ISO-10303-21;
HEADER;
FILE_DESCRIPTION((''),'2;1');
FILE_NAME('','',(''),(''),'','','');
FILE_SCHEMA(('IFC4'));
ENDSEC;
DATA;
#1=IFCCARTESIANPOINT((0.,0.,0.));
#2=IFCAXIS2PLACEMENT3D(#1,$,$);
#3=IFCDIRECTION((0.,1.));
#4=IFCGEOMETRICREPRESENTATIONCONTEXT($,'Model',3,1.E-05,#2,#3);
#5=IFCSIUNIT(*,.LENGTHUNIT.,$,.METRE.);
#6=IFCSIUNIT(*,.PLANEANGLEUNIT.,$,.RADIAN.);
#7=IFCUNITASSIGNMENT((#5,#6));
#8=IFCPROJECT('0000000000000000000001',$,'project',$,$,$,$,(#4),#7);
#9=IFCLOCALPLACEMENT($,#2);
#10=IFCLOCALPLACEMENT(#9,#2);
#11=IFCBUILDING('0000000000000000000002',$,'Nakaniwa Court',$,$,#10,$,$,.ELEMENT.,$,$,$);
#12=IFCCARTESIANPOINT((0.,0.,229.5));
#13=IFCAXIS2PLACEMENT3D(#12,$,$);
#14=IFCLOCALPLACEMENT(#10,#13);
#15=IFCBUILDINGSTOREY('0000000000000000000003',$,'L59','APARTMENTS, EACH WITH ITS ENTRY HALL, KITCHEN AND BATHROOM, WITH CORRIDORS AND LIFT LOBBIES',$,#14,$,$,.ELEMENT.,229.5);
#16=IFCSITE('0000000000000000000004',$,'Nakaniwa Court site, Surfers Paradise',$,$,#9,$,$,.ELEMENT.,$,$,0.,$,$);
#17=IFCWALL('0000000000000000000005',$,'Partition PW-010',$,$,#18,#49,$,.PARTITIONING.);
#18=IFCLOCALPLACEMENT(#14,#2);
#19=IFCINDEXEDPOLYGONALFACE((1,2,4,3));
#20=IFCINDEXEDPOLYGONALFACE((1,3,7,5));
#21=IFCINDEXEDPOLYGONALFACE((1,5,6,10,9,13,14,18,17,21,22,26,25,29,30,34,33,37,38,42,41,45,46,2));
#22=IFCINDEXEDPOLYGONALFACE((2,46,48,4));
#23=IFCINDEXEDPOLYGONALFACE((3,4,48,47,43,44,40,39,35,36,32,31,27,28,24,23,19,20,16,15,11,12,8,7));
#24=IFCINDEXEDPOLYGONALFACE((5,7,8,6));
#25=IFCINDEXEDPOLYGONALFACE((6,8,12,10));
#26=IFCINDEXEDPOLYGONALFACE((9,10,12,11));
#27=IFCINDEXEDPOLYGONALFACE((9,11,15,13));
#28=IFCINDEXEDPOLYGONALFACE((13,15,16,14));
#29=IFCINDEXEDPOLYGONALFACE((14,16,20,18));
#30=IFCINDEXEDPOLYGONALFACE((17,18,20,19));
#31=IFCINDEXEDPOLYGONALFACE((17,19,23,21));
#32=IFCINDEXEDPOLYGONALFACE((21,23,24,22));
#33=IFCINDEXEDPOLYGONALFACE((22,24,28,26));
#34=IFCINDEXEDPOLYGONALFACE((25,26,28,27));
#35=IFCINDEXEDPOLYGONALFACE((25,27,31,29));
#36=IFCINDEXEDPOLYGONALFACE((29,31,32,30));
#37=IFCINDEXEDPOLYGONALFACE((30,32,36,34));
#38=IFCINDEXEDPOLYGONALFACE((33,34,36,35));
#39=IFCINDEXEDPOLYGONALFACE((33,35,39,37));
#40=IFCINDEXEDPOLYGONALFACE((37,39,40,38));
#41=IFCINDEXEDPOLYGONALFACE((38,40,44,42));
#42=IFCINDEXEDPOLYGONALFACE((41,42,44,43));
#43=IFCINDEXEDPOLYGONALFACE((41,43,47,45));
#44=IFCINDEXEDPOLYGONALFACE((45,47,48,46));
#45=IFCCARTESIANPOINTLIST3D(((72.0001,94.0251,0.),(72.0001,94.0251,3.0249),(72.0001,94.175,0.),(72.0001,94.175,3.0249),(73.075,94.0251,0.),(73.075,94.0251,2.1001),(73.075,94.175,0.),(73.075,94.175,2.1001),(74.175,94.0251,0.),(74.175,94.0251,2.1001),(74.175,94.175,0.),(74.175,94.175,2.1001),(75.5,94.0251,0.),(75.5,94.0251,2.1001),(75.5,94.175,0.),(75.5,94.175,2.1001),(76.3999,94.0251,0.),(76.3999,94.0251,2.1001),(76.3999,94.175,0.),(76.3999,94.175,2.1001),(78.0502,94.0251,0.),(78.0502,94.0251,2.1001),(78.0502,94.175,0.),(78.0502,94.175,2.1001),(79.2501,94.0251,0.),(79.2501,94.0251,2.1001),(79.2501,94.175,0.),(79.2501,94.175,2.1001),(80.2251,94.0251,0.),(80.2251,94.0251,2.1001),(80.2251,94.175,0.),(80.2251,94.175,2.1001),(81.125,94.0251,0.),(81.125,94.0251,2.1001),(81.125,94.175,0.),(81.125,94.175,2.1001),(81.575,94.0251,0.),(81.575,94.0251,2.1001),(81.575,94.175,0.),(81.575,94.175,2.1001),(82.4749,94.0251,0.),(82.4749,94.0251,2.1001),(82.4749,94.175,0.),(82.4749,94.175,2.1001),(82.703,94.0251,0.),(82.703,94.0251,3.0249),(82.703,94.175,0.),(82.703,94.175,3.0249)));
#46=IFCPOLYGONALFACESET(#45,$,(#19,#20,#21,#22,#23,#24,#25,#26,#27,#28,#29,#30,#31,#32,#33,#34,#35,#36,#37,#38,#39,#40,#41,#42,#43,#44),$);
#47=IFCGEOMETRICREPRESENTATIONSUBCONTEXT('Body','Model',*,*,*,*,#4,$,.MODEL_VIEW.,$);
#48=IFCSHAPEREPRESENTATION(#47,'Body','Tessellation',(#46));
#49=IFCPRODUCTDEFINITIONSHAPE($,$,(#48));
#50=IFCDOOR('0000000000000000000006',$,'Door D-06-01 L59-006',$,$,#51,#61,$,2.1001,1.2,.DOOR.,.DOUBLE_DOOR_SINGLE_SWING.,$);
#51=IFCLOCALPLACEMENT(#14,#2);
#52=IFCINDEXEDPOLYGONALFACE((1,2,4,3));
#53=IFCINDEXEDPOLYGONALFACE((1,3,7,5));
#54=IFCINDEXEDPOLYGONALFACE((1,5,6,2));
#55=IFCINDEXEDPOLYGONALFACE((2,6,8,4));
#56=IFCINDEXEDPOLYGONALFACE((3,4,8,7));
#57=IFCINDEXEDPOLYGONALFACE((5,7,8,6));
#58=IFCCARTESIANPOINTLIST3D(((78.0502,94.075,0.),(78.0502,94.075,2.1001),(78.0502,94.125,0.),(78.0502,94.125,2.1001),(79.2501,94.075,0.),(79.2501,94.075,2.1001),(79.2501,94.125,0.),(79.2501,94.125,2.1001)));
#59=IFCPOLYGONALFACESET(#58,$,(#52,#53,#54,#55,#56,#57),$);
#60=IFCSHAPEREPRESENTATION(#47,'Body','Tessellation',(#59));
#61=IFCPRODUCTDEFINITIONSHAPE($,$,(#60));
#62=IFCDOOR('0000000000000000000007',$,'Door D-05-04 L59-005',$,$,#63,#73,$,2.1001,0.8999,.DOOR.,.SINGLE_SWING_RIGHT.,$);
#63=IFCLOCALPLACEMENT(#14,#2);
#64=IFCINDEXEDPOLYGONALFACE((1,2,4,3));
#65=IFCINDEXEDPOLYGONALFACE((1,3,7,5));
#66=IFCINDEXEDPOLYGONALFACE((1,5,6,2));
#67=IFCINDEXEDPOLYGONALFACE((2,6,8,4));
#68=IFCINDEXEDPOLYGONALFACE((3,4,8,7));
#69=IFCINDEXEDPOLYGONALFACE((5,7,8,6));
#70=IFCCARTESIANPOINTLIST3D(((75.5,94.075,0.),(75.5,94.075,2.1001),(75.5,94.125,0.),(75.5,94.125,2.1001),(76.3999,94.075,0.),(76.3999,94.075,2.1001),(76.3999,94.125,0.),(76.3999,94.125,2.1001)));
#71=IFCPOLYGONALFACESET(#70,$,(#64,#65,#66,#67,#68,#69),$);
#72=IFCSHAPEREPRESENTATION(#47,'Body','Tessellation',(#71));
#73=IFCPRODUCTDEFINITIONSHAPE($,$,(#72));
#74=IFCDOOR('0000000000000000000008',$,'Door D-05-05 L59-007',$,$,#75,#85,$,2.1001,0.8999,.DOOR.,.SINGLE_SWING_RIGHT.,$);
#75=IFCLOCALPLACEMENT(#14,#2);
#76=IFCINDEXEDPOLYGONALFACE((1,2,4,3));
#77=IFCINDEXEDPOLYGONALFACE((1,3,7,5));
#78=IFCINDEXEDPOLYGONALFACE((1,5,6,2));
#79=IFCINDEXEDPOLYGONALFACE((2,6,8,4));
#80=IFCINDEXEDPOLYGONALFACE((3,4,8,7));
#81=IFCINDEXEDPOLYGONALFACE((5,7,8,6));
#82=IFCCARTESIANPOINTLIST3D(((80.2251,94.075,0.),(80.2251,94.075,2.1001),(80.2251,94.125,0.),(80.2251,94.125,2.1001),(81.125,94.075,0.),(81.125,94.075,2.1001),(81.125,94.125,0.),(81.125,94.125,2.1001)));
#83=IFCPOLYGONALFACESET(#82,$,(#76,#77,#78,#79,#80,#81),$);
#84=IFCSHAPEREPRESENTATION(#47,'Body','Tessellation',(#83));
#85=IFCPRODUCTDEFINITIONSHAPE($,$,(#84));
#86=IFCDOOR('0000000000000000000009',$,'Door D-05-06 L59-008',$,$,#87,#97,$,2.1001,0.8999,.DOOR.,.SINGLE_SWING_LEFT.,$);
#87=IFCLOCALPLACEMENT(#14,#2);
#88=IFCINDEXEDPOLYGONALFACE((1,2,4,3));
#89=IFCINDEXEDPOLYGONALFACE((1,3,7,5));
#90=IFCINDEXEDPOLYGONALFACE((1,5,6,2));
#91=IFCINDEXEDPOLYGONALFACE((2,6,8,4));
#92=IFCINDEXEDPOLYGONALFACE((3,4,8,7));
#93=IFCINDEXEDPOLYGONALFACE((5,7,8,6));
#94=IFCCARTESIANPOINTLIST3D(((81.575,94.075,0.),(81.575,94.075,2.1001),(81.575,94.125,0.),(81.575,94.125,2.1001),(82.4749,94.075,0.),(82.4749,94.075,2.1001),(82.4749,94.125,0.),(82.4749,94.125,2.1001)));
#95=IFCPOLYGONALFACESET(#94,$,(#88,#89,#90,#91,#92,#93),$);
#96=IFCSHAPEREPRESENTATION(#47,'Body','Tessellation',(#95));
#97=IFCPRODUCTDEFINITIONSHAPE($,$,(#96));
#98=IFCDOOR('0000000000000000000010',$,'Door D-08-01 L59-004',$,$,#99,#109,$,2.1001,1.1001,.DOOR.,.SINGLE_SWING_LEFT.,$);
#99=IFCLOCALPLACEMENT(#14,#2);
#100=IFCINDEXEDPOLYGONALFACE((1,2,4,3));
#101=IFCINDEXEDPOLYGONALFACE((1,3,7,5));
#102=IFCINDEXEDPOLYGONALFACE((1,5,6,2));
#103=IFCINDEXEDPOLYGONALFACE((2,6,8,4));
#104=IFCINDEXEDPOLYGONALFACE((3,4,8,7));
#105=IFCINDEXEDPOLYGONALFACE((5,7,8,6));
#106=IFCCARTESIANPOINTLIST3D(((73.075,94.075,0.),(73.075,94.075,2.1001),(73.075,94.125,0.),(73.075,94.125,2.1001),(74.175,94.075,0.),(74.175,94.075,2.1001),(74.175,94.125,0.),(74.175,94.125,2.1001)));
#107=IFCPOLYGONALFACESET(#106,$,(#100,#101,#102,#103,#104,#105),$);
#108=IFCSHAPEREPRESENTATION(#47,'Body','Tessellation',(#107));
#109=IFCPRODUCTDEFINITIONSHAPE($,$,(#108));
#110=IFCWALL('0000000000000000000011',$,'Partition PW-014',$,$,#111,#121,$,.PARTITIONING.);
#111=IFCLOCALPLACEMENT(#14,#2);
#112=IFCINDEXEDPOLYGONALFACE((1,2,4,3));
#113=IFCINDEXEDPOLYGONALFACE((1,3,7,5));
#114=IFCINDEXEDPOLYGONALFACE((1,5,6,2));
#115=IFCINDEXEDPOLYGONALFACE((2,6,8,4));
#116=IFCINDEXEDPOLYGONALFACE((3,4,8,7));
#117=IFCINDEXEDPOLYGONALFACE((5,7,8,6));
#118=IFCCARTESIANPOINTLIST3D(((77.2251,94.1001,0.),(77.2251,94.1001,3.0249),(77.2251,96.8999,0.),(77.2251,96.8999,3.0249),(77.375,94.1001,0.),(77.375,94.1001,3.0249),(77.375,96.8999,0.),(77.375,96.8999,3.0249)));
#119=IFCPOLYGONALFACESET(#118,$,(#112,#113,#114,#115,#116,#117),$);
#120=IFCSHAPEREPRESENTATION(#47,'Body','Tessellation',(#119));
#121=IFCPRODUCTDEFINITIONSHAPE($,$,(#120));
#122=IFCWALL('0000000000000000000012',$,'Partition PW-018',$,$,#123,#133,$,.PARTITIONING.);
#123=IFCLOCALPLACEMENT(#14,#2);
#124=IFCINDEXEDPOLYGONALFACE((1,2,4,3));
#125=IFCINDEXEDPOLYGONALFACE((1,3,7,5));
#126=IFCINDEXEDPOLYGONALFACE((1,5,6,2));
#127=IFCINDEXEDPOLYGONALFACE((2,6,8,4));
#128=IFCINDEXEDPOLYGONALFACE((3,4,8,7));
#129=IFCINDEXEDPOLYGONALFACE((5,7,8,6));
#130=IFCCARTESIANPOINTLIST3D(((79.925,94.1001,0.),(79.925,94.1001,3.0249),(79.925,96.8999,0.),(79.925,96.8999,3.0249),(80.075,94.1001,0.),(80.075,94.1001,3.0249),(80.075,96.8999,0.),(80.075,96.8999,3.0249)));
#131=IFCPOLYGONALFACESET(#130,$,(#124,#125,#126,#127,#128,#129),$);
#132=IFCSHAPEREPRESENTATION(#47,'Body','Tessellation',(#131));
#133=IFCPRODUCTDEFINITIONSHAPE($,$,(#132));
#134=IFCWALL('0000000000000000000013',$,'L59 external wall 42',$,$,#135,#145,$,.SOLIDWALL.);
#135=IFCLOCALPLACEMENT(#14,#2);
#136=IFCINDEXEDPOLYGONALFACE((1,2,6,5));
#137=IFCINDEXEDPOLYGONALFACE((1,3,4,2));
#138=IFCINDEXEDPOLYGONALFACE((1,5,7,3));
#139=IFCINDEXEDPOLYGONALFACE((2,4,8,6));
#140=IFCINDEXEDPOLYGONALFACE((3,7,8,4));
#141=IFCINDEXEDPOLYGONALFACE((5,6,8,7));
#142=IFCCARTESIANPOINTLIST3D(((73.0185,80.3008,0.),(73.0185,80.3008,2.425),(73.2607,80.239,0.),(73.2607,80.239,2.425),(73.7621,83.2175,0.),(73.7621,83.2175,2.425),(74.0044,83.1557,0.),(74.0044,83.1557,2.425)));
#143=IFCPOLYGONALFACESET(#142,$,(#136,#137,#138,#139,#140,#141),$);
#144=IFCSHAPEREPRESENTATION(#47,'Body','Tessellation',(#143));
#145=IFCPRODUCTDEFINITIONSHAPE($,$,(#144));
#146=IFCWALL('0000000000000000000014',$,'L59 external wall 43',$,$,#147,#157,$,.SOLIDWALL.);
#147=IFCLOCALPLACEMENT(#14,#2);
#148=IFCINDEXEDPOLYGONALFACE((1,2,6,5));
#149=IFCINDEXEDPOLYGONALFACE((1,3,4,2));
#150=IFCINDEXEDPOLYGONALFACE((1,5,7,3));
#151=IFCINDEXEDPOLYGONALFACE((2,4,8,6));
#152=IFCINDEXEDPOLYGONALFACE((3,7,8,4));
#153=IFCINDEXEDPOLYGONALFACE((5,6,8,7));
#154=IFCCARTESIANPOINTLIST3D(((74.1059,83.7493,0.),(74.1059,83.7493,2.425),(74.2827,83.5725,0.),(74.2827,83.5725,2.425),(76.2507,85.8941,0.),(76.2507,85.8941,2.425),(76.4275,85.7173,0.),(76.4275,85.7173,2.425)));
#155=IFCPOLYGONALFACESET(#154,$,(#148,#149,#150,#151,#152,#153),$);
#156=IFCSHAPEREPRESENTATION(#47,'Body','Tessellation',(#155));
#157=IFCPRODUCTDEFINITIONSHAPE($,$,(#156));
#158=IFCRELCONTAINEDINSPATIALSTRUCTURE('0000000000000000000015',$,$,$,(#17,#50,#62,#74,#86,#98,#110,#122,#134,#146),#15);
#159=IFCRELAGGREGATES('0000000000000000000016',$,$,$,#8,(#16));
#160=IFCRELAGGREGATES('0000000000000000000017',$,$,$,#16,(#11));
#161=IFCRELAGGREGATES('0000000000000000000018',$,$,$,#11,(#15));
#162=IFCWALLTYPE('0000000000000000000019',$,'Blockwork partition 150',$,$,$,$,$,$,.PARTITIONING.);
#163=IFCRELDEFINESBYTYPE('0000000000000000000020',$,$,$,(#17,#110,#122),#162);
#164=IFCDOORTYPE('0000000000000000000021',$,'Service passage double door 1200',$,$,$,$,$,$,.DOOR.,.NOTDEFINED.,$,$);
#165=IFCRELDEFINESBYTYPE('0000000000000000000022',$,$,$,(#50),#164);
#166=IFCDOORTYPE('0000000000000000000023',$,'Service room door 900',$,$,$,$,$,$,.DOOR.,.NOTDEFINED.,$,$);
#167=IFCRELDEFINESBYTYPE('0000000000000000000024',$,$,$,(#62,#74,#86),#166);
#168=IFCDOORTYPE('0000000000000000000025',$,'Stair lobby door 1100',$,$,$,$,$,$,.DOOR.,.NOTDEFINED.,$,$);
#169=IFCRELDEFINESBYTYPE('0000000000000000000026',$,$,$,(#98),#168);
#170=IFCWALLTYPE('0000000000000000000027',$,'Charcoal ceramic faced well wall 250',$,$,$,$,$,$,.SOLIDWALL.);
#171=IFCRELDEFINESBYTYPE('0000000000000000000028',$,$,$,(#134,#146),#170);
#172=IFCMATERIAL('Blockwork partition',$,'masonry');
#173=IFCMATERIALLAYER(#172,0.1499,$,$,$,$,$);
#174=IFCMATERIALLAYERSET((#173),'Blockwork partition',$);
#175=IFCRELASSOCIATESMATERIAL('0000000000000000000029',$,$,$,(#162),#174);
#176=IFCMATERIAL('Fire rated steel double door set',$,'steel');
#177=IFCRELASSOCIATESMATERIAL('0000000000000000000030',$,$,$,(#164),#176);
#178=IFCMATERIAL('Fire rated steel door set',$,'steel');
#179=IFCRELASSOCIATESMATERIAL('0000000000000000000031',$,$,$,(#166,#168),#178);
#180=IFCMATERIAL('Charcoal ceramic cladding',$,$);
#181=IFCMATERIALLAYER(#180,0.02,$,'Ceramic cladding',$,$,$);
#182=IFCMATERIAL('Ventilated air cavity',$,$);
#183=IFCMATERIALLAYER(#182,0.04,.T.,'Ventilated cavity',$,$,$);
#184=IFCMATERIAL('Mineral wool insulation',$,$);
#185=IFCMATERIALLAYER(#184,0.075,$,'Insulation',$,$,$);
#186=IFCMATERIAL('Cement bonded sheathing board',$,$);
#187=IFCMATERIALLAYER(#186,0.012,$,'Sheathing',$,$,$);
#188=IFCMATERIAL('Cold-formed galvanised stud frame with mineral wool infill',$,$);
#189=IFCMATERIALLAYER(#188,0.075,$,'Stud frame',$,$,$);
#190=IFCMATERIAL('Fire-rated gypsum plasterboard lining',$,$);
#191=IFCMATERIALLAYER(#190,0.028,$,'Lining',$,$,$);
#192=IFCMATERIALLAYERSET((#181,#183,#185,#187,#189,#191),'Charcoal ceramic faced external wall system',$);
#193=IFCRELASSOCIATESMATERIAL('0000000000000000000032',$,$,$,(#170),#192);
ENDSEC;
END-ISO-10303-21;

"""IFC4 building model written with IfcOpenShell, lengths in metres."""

from ifc_helpers import new_model, si_unit, direction, frame, frame_2d, origin, place, context, subcontext, project, spatial, rectangle, extrude, material, layer, layer_set, type_object, element, fill, save


model = new_model("IFC4")

# Units and contexts
model_context = context("Model", 3, precision=1e-05, world=origin(), true_north=direction((0.0, 1.0)))
body_context = subcontext(model_context, "Body", "Model", "MODEL_VIEW")
ifc_project = project(units=[si_unit("LENGTHUNIT", "METRE"), si_unit("PLANEANGLEUNIT", "RADIAN")], contexts=[model_context])

# Site, building, storey
site_placement = place(None, origin())
site = spatial("IfcSite", under=ifc_project, at=site_placement, Name="Nakaniwa Court site, Surfers Paradise", CompositionType="ELEMENT", RefElevation=0.0)
building_placement = place(site_placement, origin())
building = spatial("IfcBuilding", under=site, at=building_placement, Name="Nakaniwa Court", CompositionType="ELEMENT")
storey_placement = place(building_placement, frame((0.0, 0.0, 229.5)))
storey = spatial("IfcBuildingStorey", under=building, at=storey_placement, Name="L59", Description="APARTMENTS, EACH WITH ITS ENTRY HALL, KITCHEN AND BATHROOM, WITH CORRIDORS AND LIFT LOBBIES", CompositionType="ELEMENT", Elevation=229.5)

# Shared definitions
ifc_material_1 = material(Name="Blockwork partition", Category="masonry")
ifc_layer_1 = layer(ifc_material_1, 0.1499)
ifc_layer_set_1 = layer_set([ifc_layer_1], Name="Blockwork partition")
wall_type_1 = type_object("IfcWallType", Name="Blockwork partition 150", PredefinedType="PARTITIONING", material=ifc_layer_set_1)

# Wall, openings, doors
wall_1_placement = place(storey_placement, frame((72.0, 94.1001, 0.0), z_axis=(0.0, 0.0, 1.0), x_axis=(1.0, 0.0, 0.0)))
wall_1 = element("IfcWall", 1, at=wall_1_placement, inside=storey, type_object=wall_type_1, Name="Partition PW-010", PredefinedType="PARTITIONING", context=body_context, shape_type="SweptSolid", body=[
    extrude(rectangle(XDim=10.7029, YDim=0.1499, at=frame_2d((5.3516, 0.0))), origin(), (0.0, 0.0, 1.0), 3.0249),
])
opening_1_placement = place(wall_1_placement, frame((1.075, 0.0, 0.0)))
opening_1 = element("IfcOpeningElement", 2, at=opening_1_placement, cuts=wall_1, PredefinedType="OPENING", context=body_context, shape_type="SweptSolid", body=[
    extrude(rectangle(XDim=1.1001, YDim=2.1001, at=frame_2d((0.55, 1.05))), frame((0.0, 0.085, 0.0), z_axis=(0.0, -1.0, 0.0), x_axis=(1.0, 0.0, 0.0)), (0.0, 0.0, 1.0), 0.1699),
])
opening_2_placement = place(wall_1_placement, frame((3.5, 0.0, 0.0)))
opening_2 = element("IfcOpeningElement", 3, at=opening_2_placement, cuts=wall_1, PredefinedType="OPENING", context=body_context, shape_type="SweptSolid", body=[
    extrude(rectangle(XDim=0.8999, YDim=2.1001, at=frame_2d((0.45, 1.05))), frame((0.0, 0.085, 0.0), z_axis=(0.0, -1.0, 0.0), x_axis=(1.0, 0.0, 0.0)), (0.0, 0.0, 1.0), 0.1699),
])
opening_3_placement = place(wall_1_placement, frame((6.05, 0.0, 0.0)))
opening_3 = element("IfcOpeningElement", 4, at=opening_3_placement, cuts=wall_1, PredefinedType="OPENING", context=body_context, shape_type="SweptSolid", body=[
    extrude(rectangle(XDim=1.2, YDim=2.1001, at=frame_2d((0.6001, 1.05))), frame((0.0, 0.085, 0.0), z_axis=(0.0, -1.0, 0.0), x_axis=(1.0, 0.0, 0.0)), (0.0, 0.0, 1.0), 0.1699),
])
opening_4_placement = place(wall_1_placement, frame((8.2251, 0.0, 0.0)))
opening_4 = element("IfcOpeningElement", 5, at=opening_4_placement, cuts=wall_1, PredefinedType="OPENING", context=body_context, shape_type="SweptSolid", body=[
    extrude(rectangle(XDim=0.8999, YDim=2.1001, at=frame_2d((0.45, 1.05))), frame((0.0, 0.085, 0.0), z_axis=(0.0, -1.0, 0.0), x_axis=(1.0, 0.0, 0.0)), (0.0, 0.0, 1.0), 0.1699),
])
opening_5_placement = place(wall_1_placement, frame((9.575, 0.0, 0.0)))
opening_5 = element("IfcOpeningElement", 6, at=opening_5_placement, cuts=wall_1, PredefinedType="OPENING", context=body_context, shape_type="SweptSolid", body=[
    extrude(rectangle(XDim=0.8999, YDim=2.1001, at=frame_2d((0.45, 1.05))), frame((0.0, 0.085, 0.0), z_axis=(0.0, -1.0, 0.0), x_axis=(1.0, 0.0, 0.0)), (0.0, 0.0, 1.0), 0.1699),
])
ifc_material_2 = material(Name="Fire rated steel double door set", Category="steel")
door_type_1 = type_object("IfcDoorType", Name="Service passage double door 1200", OperationType="NOTDEFINED", PredefinedType="DOOR", material=ifc_material_2)
door_1_placement = place(opening_3_placement, origin())
door_1 = element("IfcDoor", 7, at=door_1_placement, inside=storey, type_object=door_type_1, Name="Door D-06-01 L59-006", OperationType="DOUBLE_DOOR_SINGLE_SWING", OverallHeight=2.1001, OverallWidth=1.2, PredefinedType="DOOR", context=body_context, shape_type="SweptSolid", body=[
    extrude(rectangle(XDim=1.2, YDim=2.1001, at=frame_2d((0.6001, 1.05))), frame((0.0, 0.0249, 0.0), z_axis=(0.0, -1.0, 0.0), x_axis=(1.0, 0.0, 0.0)), (0.0, 0.0, 1.0), 0.05),
])
fill(opening_3, door_1)
ifc_material_3 = material(Name="Fire rated steel door set", Category="steel")
door_type_2 = type_object("IfcDoorType", Name="Service room door 900", OperationType="NOTDEFINED", PredefinedType="DOOR", material=ifc_material_3)
door_2_placement = place(opening_2_placement, origin())
door_2 = element("IfcDoor", 8, at=door_2_placement, inside=storey, type_object=door_type_2, Name="Door D-05-04 L59-005", OperationType="SINGLE_SWING_RIGHT", OverallHeight=2.1001, OverallWidth=0.8999, PredefinedType="DOOR", context=body_context, shape_type="SweptSolid", body=[
    extrude(rectangle(XDim=0.8999, YDim=2.1001, at=frame_2d((0.45, 1.05))), frame((0.0, 0.0249, 0.0), z_axis=(0.0, -1.0, 0.0), x_axis=(1.0, 0.0, 0.0)), (0.0, 0.0, 1.0), 0.05),
])
fill(opening_2, door_2)
door_3_placement = place(opening_4_placement, origin())
door_3 = element("IfcDoor", 9, at=door_3_placement, inside=storey, type_object=door_type_2, Name="Door D-05-05 L59-007", OperationType="SINGLE_SWING_RIGHT", OverallHeight=2.1001, OverallWidth=0.8999, PredefinedType="DOOR", context=body_context, shape_type="SweptSolid", body=[
    extrude(rectangle(XDim=0.8999, YDim=2.1001, at=frame_2d((0.45, 1.05))), frame((0.0, 0.0249, 0.0), z_axis=(0.0, -1.0, 0.0), x_axis=(1.0, 0.0, 0.0)), (0.0, 0.0, 1.0), 0.05),
])
fill(opening_4, door_3)
door_4_placement = place(opening_5_placement, origin())
door_4 = element("IfcDoor", 10, at=door_4_placement, inside=storey, type_object=door_type_2, Name="Door D-05-06 L59-008", OperationType="SINGLE_SWING_LEFT", OverallHeight=2.1001, OverallWidth=0.8999, PredefinedType="DOOR", context=body_context, shape_type="SweptSolid", body=[
    extrude(rectangle(XDim=0.8999, YDim=2.1001, at=frame_2d((0.45, 1.05))), frame((0.0, 0.0249, 0.0), z_axis=(0.0, -1.0, 0.0), x_axis=(1.0, 0.0, 0.0)), (0.0, 0.0, 1.0), 0.05),
])
fill(opening_5, door_4)
door_type_3 = type_object("IfcDoorType", Name="Stair lobby door 1100", OperationType="NOTDEFINED", PredefinedType="DOOR", material=ifc_material_3)
door_5_placement = place(opening_1_placement, origin())
door_5 = element("IfcDoor", 11, at=door_5_placement, inside=storey, type_object=door_type_3, Name="Door D-08-01 L59-004", OperationType="SINGLE_SWING_LEFT", OverallHeight=2.1001, OverallWidth=1.1001, PredefinedType="DOOR", context=body_context, shape_type="SweptSolid", body=[
    extrude(rectangle(XDim=1.1001, YDim=2.1001, at=frame_2d((0.55, 1.05))), frame((0.0, 0.0249, 0.0), z_axis=(0.0, -1.0, 0.0), x_axis=(1.0, 0.0, 0.0)), (0.0, 0.0, 1.0), 0.05),
])
fill(opening_1, door_5)

# Walls
for number, where, z_axis, x_axis, name in (
    (12, (77.3, 94.1001, 0.0), (0.0, 0.0, 1.0), (0.0, 1.0, 0.0), "Partition PW-014"),
    (13, (80.0, 94.1001, 0.0), (0.0, 0.0, 1.0), (0.0, 1.0, 0.0), "Partition PW-018"),
):
    element("IfcWall", number, at=place(storey_placement, frame(where, z_axis=z_axis, x_axis=x_axis)), inside=storey, type_object=wall_type_1, Name=name, PredefinedType="PARTITIONING", context=body_context, shape_type="SweptSolid", body=[
        extrude(rectangle(XDim=2.7998, YDim=0.1499, at=frame_2d((1.3999, 0.0))), origin(), (0.0, 0.0, 1.0), 3.0249),
    ])
ifc_material_4 = material(Name="Charcoal ceramic cladding")
ifc_layer_2 = layer(ifc_material_4, 0.02, Name="Ceramic cladding")
ifc_material_5 = material(Name="Ventilated air cavity")
ifc_layer_3 = layer(ifc_material_5, 0.04, ventilated=True, Name="Ventilated cavity")
ifc_material_6 = material(Name="Mineral wool insulation")
ifc_layer_4 = layer(ifc_material_6, 0.075, Name="Insulation")
ifc_material_7 = material(Name="Cement bonded sheathing board")
ifc_layer_5 = layer(ifc_material_7, 0.012, Name="Sheathing")
ifc_material_8 = material(Name="Cold-formed galvanised stud frame with mineral wool infill")
ifc_layer_6 = layer(ifc_material_8, 0.075, Name="Stud frame")
ifc_material_9 = material(Name="Fire-rated gypsum plasterboard lining")
ifc_layer_7 = layer(ifc_material_9, 0.028, Name="Lining")
ifc_layer_set_2 = layer_set([ifc_layer_2, ifc_layer_3, ifc_layer_4, ifc_layer_5, ifc_layer_6, ifc_layer_7], Name="Charcoal ceramic faced external wall system")
wall_type_2 = type_object("IfcWallType", Name="Charcoal ceramic faced well wall 250", PredefinedType="SOLIDWALL", material=ifc_layer_set_2)
wall_2_placement = place(storey_placement, frame((73.1396, 80.27, 0.0), z_axis=(0.0, 0.0, 1.0), x_axis=(0.247056, 0.969001, 0.0)))
element("IfcWall", 14, at=wall_2_placement, inside=storey, type_object=wall_type_2, Name="L59 external wall 42", PredefinedType="SOLIDWALL", context=body_context, shape_type="SweptSolid", body=[
    extrude(rectangle(XDim=3.01, YDim=0.25, at=frame_2d((1.5049, 0.0))), origin(), (0.0, 0.0, 1.0), 2.425),
])
wall_3_placement = place(storey_placement, frame((74.1943, 83.6609, 0.0), z_axis=(0.0, 0.0, 1.0), x_axis=(0.707107, 0.707107, 0.0)))
element("IfcWall", 15, at=wall_3_placement, inside=storey, type_object=wall_type_2, Name="L59 external wall 43", PredefinedType="SOLIDWALL", context=body_context, shape_type="SweptSolid", body=[
    extrude(rectangle(XDim=3.0332, YDim=0.25, at=frame_2d((1.5166, 0.0))), origin(), (0.0, 0.0, 1.0), 2.425),
])

save(model, "model.ifc")
